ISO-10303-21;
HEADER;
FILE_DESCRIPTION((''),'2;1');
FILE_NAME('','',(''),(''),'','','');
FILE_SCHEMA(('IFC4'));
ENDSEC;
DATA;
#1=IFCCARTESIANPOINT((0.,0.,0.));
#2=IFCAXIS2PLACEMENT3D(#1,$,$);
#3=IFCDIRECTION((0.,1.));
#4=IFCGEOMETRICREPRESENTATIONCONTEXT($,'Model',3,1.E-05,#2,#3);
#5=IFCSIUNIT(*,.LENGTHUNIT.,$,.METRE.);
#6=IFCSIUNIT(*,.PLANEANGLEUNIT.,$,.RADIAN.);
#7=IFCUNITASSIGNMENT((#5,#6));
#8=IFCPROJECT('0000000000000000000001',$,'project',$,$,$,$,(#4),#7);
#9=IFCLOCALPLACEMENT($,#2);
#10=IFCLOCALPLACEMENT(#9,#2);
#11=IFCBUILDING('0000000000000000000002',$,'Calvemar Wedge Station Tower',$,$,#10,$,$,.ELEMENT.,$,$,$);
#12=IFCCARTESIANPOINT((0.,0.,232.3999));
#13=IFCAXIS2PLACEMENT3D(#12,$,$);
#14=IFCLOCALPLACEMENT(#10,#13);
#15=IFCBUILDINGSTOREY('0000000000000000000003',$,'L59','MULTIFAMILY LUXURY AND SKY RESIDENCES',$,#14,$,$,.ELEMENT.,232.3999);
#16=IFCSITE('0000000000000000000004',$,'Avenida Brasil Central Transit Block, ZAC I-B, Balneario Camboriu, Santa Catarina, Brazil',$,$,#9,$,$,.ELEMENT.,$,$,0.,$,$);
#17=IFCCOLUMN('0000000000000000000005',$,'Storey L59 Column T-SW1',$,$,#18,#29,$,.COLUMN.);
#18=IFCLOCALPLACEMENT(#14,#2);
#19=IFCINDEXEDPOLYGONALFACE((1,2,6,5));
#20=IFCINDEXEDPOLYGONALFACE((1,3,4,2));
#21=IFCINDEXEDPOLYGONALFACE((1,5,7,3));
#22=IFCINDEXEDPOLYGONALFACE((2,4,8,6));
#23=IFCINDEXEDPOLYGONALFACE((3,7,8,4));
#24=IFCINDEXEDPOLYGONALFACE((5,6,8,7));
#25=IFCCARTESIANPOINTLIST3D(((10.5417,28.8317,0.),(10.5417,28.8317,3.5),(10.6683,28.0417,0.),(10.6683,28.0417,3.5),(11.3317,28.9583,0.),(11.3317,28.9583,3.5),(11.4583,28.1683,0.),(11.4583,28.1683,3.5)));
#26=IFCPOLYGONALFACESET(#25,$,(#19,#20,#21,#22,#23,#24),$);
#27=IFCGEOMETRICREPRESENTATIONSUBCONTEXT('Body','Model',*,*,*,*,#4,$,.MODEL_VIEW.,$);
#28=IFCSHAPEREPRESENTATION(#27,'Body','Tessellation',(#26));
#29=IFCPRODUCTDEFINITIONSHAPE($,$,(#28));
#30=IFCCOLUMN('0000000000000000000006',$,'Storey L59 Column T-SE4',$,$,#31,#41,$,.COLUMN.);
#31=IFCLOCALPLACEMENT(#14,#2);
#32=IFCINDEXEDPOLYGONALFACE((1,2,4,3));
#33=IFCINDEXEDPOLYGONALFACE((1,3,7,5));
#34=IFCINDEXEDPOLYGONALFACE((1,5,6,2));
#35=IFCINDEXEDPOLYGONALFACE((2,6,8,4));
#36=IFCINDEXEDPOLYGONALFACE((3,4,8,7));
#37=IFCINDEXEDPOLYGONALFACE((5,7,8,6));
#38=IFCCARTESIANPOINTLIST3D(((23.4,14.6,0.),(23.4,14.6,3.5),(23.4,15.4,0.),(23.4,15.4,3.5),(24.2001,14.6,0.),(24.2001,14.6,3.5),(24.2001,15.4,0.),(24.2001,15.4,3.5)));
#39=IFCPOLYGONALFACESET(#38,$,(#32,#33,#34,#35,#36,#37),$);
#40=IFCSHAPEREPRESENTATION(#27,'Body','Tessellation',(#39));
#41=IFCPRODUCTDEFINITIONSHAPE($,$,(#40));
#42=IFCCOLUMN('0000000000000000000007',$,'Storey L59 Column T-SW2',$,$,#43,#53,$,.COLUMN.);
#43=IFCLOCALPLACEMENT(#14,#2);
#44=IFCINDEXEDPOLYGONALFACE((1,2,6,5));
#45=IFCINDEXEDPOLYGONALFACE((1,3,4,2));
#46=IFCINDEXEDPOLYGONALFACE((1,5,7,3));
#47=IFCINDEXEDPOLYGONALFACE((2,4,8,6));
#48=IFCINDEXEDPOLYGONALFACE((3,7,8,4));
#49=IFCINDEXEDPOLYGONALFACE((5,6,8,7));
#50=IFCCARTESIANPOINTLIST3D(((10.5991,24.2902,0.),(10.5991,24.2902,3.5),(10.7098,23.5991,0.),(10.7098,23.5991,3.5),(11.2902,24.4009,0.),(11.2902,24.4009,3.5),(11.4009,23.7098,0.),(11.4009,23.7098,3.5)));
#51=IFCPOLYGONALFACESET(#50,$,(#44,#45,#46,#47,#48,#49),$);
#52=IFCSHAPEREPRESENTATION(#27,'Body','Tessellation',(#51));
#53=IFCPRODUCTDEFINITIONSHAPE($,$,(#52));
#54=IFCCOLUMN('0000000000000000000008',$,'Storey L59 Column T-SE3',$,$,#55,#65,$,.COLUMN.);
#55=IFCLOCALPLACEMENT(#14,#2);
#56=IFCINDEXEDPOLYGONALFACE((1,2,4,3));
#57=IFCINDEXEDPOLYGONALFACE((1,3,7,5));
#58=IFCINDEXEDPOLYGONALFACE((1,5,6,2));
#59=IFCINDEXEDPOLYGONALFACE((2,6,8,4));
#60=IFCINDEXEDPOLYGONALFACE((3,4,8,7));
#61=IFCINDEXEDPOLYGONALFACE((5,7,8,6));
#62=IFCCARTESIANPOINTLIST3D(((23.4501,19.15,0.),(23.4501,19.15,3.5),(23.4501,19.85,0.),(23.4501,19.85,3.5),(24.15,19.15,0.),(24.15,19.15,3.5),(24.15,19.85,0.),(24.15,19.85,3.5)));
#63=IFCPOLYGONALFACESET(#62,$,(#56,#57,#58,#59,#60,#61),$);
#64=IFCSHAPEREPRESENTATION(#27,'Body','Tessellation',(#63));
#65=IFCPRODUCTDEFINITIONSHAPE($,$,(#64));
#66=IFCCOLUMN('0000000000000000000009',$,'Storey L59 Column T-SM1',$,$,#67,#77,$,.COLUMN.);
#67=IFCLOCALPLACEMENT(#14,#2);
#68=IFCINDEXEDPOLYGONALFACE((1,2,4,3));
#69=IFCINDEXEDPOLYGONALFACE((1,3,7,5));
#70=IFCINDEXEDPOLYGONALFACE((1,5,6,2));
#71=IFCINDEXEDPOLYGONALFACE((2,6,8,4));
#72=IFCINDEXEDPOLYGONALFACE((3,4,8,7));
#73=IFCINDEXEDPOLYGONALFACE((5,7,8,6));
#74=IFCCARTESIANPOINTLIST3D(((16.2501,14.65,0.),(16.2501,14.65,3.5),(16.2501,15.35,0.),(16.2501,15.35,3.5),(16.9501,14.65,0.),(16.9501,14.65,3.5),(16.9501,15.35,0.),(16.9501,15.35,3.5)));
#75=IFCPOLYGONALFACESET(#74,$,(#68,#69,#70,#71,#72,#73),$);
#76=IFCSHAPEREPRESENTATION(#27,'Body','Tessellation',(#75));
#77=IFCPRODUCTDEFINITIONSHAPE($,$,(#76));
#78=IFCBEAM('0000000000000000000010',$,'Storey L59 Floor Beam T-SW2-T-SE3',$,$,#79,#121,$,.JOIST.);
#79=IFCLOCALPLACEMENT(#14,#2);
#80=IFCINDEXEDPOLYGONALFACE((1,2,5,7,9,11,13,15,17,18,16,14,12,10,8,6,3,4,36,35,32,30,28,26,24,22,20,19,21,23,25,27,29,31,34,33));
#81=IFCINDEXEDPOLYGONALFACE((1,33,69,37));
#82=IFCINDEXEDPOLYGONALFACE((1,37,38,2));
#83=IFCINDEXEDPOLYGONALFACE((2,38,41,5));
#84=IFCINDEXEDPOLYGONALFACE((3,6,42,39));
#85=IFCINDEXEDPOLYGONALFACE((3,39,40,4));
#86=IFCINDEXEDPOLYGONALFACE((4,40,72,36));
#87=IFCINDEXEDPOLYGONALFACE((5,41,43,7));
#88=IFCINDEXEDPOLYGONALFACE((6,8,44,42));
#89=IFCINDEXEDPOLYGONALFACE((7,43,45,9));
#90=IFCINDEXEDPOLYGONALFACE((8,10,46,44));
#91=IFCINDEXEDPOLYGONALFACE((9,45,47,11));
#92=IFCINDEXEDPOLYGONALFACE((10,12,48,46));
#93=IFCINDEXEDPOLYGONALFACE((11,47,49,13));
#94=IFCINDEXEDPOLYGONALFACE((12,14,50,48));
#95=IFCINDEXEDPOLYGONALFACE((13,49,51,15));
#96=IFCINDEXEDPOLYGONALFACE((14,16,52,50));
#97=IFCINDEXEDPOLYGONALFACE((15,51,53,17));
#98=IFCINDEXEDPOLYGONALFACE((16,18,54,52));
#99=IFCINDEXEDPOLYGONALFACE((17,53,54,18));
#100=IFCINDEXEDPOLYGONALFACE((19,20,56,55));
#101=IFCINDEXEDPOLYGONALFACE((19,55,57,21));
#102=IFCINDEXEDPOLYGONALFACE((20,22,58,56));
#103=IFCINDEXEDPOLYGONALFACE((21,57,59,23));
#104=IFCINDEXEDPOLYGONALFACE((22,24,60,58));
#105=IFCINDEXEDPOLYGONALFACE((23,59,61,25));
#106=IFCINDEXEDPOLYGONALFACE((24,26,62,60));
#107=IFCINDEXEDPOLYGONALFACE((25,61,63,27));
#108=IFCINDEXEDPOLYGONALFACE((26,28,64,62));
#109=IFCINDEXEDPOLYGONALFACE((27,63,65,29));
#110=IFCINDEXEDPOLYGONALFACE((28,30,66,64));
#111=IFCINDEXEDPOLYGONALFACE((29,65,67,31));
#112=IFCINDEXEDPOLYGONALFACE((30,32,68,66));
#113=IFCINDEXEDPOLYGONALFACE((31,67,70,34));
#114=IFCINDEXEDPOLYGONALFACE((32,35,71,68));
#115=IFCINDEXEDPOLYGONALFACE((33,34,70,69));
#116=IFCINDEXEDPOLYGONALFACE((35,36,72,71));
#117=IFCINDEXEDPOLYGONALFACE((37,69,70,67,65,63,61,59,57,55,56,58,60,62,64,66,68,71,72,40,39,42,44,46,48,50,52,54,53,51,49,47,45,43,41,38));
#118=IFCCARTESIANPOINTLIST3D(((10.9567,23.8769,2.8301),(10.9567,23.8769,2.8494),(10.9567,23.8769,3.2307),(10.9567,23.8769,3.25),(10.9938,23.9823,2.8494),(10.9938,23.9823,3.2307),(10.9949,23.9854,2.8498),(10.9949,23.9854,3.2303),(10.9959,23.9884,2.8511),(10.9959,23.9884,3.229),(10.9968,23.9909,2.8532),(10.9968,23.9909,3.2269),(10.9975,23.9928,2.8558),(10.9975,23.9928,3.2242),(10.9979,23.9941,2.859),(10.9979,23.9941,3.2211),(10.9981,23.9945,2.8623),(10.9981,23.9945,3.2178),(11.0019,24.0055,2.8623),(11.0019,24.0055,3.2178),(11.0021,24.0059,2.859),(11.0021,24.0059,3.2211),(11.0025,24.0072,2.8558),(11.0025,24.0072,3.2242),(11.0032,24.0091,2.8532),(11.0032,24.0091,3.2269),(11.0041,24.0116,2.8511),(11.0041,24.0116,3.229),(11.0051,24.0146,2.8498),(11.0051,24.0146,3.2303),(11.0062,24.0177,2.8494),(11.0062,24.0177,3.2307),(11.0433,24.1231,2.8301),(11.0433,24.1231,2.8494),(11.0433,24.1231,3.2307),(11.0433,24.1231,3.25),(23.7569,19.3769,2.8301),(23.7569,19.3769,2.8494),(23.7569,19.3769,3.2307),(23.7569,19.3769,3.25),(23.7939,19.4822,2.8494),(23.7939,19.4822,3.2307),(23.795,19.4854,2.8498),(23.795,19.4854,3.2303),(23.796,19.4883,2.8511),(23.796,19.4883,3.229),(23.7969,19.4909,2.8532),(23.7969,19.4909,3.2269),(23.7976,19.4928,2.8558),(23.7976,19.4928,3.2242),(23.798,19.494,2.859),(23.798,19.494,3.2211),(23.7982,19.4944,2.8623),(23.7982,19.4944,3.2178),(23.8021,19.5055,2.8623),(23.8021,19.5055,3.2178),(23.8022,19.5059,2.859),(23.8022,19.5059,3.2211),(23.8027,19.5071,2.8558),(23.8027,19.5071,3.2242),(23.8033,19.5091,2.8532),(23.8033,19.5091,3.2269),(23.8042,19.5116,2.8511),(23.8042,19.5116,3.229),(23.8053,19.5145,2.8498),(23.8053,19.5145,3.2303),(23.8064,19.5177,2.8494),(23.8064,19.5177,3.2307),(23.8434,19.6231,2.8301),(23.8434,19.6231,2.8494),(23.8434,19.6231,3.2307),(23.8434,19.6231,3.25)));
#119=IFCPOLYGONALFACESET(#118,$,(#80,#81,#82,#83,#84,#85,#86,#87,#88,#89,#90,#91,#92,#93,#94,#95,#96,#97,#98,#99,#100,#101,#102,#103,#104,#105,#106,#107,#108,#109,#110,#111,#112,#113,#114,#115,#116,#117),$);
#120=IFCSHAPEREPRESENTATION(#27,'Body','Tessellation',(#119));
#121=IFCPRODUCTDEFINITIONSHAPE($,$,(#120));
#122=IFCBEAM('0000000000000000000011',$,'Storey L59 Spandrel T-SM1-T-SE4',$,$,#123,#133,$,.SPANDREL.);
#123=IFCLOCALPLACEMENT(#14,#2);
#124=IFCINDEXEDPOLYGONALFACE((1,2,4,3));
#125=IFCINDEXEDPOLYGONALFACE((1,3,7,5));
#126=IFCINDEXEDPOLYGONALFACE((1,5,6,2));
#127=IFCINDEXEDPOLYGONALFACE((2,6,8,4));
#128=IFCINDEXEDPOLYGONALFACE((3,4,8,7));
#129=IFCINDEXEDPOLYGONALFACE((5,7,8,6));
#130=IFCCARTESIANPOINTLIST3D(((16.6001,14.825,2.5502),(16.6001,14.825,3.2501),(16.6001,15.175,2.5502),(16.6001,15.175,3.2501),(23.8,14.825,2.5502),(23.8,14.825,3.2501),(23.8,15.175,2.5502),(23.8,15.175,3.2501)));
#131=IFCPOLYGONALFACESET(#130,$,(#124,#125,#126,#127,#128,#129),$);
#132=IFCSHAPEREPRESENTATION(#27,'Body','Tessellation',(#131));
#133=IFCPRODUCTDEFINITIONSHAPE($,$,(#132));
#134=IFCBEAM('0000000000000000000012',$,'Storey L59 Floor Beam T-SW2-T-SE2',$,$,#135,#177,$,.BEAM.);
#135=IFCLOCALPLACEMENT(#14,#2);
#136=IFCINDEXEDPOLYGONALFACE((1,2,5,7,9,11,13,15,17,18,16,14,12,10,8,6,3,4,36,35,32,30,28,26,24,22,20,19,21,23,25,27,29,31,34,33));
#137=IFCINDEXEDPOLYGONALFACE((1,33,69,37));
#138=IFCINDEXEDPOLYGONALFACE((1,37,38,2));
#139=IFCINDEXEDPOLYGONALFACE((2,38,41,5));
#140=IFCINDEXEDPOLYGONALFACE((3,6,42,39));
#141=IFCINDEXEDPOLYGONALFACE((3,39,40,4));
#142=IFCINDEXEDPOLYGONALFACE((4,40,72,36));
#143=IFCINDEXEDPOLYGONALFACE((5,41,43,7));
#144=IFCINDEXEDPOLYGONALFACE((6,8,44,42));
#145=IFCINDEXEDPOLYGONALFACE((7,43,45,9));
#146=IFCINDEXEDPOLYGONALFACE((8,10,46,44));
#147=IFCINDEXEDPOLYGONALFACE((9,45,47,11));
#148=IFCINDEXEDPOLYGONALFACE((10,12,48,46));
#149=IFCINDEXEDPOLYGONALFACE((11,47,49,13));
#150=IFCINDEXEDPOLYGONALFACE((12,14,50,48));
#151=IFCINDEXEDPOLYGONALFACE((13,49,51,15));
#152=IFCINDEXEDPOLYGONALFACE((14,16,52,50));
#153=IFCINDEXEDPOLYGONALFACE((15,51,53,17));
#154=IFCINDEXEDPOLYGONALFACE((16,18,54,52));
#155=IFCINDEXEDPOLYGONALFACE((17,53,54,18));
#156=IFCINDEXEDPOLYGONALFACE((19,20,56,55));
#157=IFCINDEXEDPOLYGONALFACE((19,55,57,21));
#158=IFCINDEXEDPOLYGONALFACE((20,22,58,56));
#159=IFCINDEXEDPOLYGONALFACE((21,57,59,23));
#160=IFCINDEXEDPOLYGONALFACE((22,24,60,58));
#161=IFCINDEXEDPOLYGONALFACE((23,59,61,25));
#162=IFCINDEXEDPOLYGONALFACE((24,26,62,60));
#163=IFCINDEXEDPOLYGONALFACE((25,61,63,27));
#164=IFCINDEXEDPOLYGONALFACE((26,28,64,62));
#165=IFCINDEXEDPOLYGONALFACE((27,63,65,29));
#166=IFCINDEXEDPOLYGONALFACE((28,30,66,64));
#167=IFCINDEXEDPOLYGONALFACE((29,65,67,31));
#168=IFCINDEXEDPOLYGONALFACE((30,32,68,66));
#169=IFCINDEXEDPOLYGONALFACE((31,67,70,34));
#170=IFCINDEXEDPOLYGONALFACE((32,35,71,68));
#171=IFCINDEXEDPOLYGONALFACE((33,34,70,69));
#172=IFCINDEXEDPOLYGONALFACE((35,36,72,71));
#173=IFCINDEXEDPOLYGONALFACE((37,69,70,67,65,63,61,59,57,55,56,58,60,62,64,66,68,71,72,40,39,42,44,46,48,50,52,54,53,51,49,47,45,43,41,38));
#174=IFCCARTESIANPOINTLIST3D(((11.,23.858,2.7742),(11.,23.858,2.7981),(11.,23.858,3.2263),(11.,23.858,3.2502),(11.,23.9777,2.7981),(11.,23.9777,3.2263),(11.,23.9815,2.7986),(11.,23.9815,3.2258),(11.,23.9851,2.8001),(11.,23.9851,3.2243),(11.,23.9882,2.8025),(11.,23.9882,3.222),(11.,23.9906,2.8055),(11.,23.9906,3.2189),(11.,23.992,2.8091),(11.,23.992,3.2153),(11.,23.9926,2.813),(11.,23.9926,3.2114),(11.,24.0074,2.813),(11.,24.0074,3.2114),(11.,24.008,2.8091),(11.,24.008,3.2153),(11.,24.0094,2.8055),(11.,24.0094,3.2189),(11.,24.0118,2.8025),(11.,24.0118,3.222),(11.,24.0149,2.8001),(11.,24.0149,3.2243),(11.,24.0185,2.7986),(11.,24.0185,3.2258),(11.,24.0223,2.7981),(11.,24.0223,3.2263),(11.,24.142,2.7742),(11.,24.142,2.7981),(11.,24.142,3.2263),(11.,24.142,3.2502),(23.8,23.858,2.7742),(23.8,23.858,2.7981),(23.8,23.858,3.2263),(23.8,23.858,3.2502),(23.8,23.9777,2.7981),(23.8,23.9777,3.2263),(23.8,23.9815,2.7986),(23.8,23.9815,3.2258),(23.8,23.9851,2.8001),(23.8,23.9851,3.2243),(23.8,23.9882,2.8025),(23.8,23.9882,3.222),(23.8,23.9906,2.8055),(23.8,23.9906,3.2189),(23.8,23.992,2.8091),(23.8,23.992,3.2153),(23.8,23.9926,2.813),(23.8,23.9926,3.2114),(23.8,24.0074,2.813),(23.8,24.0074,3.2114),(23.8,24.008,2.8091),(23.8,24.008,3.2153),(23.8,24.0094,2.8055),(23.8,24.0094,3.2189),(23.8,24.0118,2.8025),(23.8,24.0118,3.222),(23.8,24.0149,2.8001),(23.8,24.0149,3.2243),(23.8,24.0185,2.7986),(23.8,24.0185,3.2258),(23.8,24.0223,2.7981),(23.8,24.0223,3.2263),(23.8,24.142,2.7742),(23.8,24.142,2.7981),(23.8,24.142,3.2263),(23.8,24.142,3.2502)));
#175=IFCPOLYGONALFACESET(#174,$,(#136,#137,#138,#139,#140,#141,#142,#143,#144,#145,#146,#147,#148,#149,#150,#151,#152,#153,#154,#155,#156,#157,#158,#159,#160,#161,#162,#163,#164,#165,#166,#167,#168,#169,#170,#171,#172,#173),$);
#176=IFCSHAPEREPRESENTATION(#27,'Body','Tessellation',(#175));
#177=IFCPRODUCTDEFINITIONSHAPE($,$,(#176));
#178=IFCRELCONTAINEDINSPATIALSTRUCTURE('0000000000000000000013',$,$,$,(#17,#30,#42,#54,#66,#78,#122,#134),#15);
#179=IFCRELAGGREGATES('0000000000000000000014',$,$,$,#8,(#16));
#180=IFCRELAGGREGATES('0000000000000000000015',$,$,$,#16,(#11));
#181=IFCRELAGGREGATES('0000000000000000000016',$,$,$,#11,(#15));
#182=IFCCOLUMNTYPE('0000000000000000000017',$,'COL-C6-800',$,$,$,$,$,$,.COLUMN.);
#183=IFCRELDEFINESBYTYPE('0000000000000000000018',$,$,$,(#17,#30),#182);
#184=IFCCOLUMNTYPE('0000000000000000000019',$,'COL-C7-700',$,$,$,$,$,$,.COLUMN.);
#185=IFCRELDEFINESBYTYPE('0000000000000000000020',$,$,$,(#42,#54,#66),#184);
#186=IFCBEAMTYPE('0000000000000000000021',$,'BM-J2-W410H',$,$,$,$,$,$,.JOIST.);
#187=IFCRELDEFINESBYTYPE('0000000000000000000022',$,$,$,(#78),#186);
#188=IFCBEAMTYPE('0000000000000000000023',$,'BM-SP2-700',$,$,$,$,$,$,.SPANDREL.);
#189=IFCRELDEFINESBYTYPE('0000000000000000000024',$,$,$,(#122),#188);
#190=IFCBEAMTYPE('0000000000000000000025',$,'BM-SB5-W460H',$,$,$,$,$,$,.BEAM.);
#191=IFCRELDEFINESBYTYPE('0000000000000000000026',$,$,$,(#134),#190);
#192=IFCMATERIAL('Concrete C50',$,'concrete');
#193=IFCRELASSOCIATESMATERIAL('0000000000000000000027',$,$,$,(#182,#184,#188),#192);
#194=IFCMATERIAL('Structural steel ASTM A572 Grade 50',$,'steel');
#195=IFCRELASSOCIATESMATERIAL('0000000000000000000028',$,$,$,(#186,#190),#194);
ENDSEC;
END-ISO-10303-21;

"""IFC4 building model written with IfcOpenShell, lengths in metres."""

from ifc_helpers import new_model, si_unit, direction, frame, origin, origin_2d, place, context, subcontext, project, spatial, rectangle, i_section, extrude, source, transform, mapped, material, material_profile, profile_set, type_object, element, save


model = new_model("IFC4")

# Units and contexts
model_context = context("Model", 3, precision=1e-05, world=origin(), true_north=direction((0.0, 1.0)))
body_context = subcontext(model_context, "Body", "Model", "MODEL_VIEW")
ifc_project = project(units=[si_unit("LENGTHUNIT", "METRE"), si_unit("PLANEANGLEUNIT", "RADIAN")], contexts=[model_context])

# Site, building, storey
site_placement = place(None, origin())
site = spatial("IfcSite", under=ifc_project, at=site_placement, Name="Avenida Brasil Central Transit Block, ZAC I-B, Balneario Camboriu, Santa Catarina, Brazil", CompositionType="ELEMENT", RefElevation=0.0)
building_placement = place(site_placement, origin())
building = spatial("IfcBuilding", under=site, at=building_placement, Name="Calvemar Wedge Station Tower", CompositionType="ELEMENT")
storey_placement = place(building_placement, frame((0.0, 0.0, 232.3999)))
storey = spatial("IfcBuildingStorey", under=building, at=storey_placement, Name="L59", Description="MULTIFAMILY LUXURY AND SKY RESIDENCES", CompositionType="ELEMENT", Elevation=232.3999)

# Columns
ifc_material_1 = material(Name="Concrete C50", Category="concrete")
ifc_material_profile_1 = material_profile(ifc_material_1, rectangle(XDim=0.8, YDim=0.8, at=origin_2d()), Name="RC800x800")
ifc_profile_set_1 = profile_set([ifc_material_profile_1], Name="Concrete C50")
column_type_1 = type_object("IfcColumnType", Name="COL-C6-800", PredefinedType="COLUMN", material=ifc_profile_set_1)
shared_shape_1 = source(origin(), body_context, "Body", "SweptSolid", [
    extrude(rectangle(XDim=0.8, YDim=0.8, at=origin_2d()), origin(), (0.0, 0.0, 1.0), 3.5),
])
for number, where, z_axis, x_axis, name in (
    (1, (11.0, 28.5, 0.0), (0.0, 0.0, 1.0), (0.158158, -0.987414, 0.0), "Storey L59 Column T-SW1"),
    (2, (23.8, 15.0, 0.0), (0.0, 0.0, 1.0), (1.0, 0.0, 0.0), "Storey L59 Column T-SE4"),
):
    element("IfcColumn", number, at=place(storey_placement, frame(where, z_axis=z_axis, x_axis=x_axis)), inside=storey, type_object=column_type_1, Name=name, PredefinedType="COLUMN", context=body_context, shape_type="MappedRepresentation", body=[
        mapped(shared_shape_1, transform((0.0, 0.0, 0.0), scale=1.0)),
    ])
ifc_material_profile_2 = material_profile(ifc_material_1, rectangle(XDim=0.7, YDim=0.7, at=origin_2d()), Name="RC700x700")
ifc_profile_set_2 = profile_set([ifc_material_profile_2], Name="Concrete C50")
column_type_2 = type_object("IfcColumnType", Name="COL-C7-700", PredefinedType="COLUMN", material=ifc_profile_set_2)
shared_shape_2 = source(origin(), body_context, "Body", "SweptSolid", [
    extrude(rectangle(XDim=0.7, YDim=0.7, at=origin_2d()), origin(), (0.0, 0.0, 1.0), 3.5),
])
for number, where, z_axis, x_axis, name in (
    (3, (11.0, 24.0, 0.0), (0.0, 0.0, 1.0), (0.158158, -0.987414, 0.0), "Storey L59 Column T-SW2"),
    (4, (23.8, 19.5, 0.0), (0.0, 0.0, 1.0), (1.0, 0.0, 0.0), "Storey L59 Column T-SE3"),
    (5, (16.6001, 15.0, 0.0), (0.0, 0.0, 1.0), (1.0, 0.0, 0.0), "Storey L59 Column T-SM1"),
):
    element("IfcColumn", number, at=place(storey_placement, frame(where, z_axis=z_axis, x_axis=x_axis)), inside=storey, type_object=column_type_2, Name=name, PredefinedType="COLUMN", context=body_context, shape_type="MappedRepresentation", body=[
        mapped(shared_shape_2, transform((0.0, 0.0, 0.0), scale=1.0)),
    ])

# Beams
ifc_material_2 = material(Name="Structural steel ASTM A572 Grade 50", Category="steel")
ifc_material_profile_3 = material_profile(ifc_material_2, i_section(OverallWidth=0.261, OverallDepth=0.4199, WebThickness=0.0117, FlangeThickness=0.0193, FilletRadius=0.0129, at=origin_2d()), Name="W410x114")
ifc_profile_set_3 = profile_set([ifc_material_profile_3], Name="Structural steel ASTM A572 Grade 50")
beam_type_1 = type_object("IfcBeamType", Name="BM-J2-W410H", PredefinedType="JOIST", material=ifc_profile_set_3)
shared_shape_3 = source(origin(), body_context, "Body", "SweptSolid", [
    extrude(i_section(OverallWidth=0.261, OverallDepth=0.4199, WebThickness=0.0117, FlangeThickness=0.0193, FilletRadius=0.0129, at=origin_2d()), origin(), (0.0, 0.0, 1.0), 13.5681),
])
beam_1_placement = place(storey_placement, frame((11.0, 24.0, 3.04), z_axis=(0.943398, -0.331662, 0.0), x_axis=(0.331662, 0.943398, 0.0)))
element("IfcBeam", 6, at=beam_1_placement, inside=storey, type_object=beam_type_1, Name="Storey L59 Floor Beam T-SW2-T-SE3", PredefinedType="JOIST", context=body_context, shape_type="MappedRepresentation", body=[
    mapped(shared_shape_3, transform((0.0, 0.0, 0.0), scale=1.0)),
])
ifc_material_profile_4 = material_profile(ifc_material_1, rectangle(XDim=0.3501, YDim=0.7, at=origin_2d()), Name="RC350x700")
ifc_profile_set_4 = profile_set([ifc_material_profile_4], Name="Concrete C50")
beam_type_2 = type_object("IfcBeamType", Name="BM-SP2-700", PredefinedType="SPANDREL", material=ifc_profile_set_4)
shared_shape_4 = source(origin(), body_context, "Body", "SweptSolid", [
    extrude(rectangle(XDim=0.3501, YDim=0.7, at=origin_2d()), origin(), (0.0, 0.0, 1.0), 7.2),
])
beam_2_placement = place(storey_placement, frame((16.6001, 15.0, 2.9001), z_axis=(1.0, 0.0, 0.0), x_axis=(0.0, 1.0, 0.0)))
element("IfcBeam", 7, at=beam_2_placement, inside=storey, type_object=beam_type_2, Name="Storey L59 Spandrel T-SM1-T-SE4", PredefinedType="SPANDREL", context=body_context, shape_type="MappedRepresentation", body=[
    mapped(shared_shape_4, transform((0.0, 0.0, 0.0), scale=1.0)),
])
ifc_material_profile_5 = material_profile(ifc_material_2, i_section(OverallWidth=0.2839, OverallDepth=0.4761, WebThickness=0.0149, FlangeThickness=0.0239, FilletRadius=0.0149, at=origin_2d()), Name="W460x158")
ifc_profile_set_5 = profile_set([ifc_material_profile_5], Name="Structural steel ASTM A572 Grade 50")
beam_type_3 = type_object("IfcBeamType", Name="BM-SB5-W460H", PredefinedType="BEAM", material=ifc_profile_set_5)
shared_shape_5 = source(origin(), body_context, "Body", "SweptSolid", [
    extrude(i_section(OverallWidth=0.2839, OverallDepth=0.4761, WebThickness=0.0149, FlangeThickness=0.0239, FilletRadius=0.0149, at=origin_2d()), origin(), (0.0, 0.0, 1.0), 12.8),
])
beam_3_placement = place(storey_placement, frame((11.0, 24.0, 3.0122), z_axis=(1.0, 0.0, 0.0), x_axis=(0.0, 1.0, 0.0)))
element("IfcBeam", 8, at=beam_3_placement, inside=storey, type_object=beam_type_3, Name="Storey L59 Floor Beam T-SW2-T-SE2", PredefinedType="BEAM", context=body_context, shape_type="MappedRepresentation", body=[
    mapped(shared_shape_5, transform((0.0, 0.0, 0.0), scale=1.0)),
])

save(model, "model.ifc")
